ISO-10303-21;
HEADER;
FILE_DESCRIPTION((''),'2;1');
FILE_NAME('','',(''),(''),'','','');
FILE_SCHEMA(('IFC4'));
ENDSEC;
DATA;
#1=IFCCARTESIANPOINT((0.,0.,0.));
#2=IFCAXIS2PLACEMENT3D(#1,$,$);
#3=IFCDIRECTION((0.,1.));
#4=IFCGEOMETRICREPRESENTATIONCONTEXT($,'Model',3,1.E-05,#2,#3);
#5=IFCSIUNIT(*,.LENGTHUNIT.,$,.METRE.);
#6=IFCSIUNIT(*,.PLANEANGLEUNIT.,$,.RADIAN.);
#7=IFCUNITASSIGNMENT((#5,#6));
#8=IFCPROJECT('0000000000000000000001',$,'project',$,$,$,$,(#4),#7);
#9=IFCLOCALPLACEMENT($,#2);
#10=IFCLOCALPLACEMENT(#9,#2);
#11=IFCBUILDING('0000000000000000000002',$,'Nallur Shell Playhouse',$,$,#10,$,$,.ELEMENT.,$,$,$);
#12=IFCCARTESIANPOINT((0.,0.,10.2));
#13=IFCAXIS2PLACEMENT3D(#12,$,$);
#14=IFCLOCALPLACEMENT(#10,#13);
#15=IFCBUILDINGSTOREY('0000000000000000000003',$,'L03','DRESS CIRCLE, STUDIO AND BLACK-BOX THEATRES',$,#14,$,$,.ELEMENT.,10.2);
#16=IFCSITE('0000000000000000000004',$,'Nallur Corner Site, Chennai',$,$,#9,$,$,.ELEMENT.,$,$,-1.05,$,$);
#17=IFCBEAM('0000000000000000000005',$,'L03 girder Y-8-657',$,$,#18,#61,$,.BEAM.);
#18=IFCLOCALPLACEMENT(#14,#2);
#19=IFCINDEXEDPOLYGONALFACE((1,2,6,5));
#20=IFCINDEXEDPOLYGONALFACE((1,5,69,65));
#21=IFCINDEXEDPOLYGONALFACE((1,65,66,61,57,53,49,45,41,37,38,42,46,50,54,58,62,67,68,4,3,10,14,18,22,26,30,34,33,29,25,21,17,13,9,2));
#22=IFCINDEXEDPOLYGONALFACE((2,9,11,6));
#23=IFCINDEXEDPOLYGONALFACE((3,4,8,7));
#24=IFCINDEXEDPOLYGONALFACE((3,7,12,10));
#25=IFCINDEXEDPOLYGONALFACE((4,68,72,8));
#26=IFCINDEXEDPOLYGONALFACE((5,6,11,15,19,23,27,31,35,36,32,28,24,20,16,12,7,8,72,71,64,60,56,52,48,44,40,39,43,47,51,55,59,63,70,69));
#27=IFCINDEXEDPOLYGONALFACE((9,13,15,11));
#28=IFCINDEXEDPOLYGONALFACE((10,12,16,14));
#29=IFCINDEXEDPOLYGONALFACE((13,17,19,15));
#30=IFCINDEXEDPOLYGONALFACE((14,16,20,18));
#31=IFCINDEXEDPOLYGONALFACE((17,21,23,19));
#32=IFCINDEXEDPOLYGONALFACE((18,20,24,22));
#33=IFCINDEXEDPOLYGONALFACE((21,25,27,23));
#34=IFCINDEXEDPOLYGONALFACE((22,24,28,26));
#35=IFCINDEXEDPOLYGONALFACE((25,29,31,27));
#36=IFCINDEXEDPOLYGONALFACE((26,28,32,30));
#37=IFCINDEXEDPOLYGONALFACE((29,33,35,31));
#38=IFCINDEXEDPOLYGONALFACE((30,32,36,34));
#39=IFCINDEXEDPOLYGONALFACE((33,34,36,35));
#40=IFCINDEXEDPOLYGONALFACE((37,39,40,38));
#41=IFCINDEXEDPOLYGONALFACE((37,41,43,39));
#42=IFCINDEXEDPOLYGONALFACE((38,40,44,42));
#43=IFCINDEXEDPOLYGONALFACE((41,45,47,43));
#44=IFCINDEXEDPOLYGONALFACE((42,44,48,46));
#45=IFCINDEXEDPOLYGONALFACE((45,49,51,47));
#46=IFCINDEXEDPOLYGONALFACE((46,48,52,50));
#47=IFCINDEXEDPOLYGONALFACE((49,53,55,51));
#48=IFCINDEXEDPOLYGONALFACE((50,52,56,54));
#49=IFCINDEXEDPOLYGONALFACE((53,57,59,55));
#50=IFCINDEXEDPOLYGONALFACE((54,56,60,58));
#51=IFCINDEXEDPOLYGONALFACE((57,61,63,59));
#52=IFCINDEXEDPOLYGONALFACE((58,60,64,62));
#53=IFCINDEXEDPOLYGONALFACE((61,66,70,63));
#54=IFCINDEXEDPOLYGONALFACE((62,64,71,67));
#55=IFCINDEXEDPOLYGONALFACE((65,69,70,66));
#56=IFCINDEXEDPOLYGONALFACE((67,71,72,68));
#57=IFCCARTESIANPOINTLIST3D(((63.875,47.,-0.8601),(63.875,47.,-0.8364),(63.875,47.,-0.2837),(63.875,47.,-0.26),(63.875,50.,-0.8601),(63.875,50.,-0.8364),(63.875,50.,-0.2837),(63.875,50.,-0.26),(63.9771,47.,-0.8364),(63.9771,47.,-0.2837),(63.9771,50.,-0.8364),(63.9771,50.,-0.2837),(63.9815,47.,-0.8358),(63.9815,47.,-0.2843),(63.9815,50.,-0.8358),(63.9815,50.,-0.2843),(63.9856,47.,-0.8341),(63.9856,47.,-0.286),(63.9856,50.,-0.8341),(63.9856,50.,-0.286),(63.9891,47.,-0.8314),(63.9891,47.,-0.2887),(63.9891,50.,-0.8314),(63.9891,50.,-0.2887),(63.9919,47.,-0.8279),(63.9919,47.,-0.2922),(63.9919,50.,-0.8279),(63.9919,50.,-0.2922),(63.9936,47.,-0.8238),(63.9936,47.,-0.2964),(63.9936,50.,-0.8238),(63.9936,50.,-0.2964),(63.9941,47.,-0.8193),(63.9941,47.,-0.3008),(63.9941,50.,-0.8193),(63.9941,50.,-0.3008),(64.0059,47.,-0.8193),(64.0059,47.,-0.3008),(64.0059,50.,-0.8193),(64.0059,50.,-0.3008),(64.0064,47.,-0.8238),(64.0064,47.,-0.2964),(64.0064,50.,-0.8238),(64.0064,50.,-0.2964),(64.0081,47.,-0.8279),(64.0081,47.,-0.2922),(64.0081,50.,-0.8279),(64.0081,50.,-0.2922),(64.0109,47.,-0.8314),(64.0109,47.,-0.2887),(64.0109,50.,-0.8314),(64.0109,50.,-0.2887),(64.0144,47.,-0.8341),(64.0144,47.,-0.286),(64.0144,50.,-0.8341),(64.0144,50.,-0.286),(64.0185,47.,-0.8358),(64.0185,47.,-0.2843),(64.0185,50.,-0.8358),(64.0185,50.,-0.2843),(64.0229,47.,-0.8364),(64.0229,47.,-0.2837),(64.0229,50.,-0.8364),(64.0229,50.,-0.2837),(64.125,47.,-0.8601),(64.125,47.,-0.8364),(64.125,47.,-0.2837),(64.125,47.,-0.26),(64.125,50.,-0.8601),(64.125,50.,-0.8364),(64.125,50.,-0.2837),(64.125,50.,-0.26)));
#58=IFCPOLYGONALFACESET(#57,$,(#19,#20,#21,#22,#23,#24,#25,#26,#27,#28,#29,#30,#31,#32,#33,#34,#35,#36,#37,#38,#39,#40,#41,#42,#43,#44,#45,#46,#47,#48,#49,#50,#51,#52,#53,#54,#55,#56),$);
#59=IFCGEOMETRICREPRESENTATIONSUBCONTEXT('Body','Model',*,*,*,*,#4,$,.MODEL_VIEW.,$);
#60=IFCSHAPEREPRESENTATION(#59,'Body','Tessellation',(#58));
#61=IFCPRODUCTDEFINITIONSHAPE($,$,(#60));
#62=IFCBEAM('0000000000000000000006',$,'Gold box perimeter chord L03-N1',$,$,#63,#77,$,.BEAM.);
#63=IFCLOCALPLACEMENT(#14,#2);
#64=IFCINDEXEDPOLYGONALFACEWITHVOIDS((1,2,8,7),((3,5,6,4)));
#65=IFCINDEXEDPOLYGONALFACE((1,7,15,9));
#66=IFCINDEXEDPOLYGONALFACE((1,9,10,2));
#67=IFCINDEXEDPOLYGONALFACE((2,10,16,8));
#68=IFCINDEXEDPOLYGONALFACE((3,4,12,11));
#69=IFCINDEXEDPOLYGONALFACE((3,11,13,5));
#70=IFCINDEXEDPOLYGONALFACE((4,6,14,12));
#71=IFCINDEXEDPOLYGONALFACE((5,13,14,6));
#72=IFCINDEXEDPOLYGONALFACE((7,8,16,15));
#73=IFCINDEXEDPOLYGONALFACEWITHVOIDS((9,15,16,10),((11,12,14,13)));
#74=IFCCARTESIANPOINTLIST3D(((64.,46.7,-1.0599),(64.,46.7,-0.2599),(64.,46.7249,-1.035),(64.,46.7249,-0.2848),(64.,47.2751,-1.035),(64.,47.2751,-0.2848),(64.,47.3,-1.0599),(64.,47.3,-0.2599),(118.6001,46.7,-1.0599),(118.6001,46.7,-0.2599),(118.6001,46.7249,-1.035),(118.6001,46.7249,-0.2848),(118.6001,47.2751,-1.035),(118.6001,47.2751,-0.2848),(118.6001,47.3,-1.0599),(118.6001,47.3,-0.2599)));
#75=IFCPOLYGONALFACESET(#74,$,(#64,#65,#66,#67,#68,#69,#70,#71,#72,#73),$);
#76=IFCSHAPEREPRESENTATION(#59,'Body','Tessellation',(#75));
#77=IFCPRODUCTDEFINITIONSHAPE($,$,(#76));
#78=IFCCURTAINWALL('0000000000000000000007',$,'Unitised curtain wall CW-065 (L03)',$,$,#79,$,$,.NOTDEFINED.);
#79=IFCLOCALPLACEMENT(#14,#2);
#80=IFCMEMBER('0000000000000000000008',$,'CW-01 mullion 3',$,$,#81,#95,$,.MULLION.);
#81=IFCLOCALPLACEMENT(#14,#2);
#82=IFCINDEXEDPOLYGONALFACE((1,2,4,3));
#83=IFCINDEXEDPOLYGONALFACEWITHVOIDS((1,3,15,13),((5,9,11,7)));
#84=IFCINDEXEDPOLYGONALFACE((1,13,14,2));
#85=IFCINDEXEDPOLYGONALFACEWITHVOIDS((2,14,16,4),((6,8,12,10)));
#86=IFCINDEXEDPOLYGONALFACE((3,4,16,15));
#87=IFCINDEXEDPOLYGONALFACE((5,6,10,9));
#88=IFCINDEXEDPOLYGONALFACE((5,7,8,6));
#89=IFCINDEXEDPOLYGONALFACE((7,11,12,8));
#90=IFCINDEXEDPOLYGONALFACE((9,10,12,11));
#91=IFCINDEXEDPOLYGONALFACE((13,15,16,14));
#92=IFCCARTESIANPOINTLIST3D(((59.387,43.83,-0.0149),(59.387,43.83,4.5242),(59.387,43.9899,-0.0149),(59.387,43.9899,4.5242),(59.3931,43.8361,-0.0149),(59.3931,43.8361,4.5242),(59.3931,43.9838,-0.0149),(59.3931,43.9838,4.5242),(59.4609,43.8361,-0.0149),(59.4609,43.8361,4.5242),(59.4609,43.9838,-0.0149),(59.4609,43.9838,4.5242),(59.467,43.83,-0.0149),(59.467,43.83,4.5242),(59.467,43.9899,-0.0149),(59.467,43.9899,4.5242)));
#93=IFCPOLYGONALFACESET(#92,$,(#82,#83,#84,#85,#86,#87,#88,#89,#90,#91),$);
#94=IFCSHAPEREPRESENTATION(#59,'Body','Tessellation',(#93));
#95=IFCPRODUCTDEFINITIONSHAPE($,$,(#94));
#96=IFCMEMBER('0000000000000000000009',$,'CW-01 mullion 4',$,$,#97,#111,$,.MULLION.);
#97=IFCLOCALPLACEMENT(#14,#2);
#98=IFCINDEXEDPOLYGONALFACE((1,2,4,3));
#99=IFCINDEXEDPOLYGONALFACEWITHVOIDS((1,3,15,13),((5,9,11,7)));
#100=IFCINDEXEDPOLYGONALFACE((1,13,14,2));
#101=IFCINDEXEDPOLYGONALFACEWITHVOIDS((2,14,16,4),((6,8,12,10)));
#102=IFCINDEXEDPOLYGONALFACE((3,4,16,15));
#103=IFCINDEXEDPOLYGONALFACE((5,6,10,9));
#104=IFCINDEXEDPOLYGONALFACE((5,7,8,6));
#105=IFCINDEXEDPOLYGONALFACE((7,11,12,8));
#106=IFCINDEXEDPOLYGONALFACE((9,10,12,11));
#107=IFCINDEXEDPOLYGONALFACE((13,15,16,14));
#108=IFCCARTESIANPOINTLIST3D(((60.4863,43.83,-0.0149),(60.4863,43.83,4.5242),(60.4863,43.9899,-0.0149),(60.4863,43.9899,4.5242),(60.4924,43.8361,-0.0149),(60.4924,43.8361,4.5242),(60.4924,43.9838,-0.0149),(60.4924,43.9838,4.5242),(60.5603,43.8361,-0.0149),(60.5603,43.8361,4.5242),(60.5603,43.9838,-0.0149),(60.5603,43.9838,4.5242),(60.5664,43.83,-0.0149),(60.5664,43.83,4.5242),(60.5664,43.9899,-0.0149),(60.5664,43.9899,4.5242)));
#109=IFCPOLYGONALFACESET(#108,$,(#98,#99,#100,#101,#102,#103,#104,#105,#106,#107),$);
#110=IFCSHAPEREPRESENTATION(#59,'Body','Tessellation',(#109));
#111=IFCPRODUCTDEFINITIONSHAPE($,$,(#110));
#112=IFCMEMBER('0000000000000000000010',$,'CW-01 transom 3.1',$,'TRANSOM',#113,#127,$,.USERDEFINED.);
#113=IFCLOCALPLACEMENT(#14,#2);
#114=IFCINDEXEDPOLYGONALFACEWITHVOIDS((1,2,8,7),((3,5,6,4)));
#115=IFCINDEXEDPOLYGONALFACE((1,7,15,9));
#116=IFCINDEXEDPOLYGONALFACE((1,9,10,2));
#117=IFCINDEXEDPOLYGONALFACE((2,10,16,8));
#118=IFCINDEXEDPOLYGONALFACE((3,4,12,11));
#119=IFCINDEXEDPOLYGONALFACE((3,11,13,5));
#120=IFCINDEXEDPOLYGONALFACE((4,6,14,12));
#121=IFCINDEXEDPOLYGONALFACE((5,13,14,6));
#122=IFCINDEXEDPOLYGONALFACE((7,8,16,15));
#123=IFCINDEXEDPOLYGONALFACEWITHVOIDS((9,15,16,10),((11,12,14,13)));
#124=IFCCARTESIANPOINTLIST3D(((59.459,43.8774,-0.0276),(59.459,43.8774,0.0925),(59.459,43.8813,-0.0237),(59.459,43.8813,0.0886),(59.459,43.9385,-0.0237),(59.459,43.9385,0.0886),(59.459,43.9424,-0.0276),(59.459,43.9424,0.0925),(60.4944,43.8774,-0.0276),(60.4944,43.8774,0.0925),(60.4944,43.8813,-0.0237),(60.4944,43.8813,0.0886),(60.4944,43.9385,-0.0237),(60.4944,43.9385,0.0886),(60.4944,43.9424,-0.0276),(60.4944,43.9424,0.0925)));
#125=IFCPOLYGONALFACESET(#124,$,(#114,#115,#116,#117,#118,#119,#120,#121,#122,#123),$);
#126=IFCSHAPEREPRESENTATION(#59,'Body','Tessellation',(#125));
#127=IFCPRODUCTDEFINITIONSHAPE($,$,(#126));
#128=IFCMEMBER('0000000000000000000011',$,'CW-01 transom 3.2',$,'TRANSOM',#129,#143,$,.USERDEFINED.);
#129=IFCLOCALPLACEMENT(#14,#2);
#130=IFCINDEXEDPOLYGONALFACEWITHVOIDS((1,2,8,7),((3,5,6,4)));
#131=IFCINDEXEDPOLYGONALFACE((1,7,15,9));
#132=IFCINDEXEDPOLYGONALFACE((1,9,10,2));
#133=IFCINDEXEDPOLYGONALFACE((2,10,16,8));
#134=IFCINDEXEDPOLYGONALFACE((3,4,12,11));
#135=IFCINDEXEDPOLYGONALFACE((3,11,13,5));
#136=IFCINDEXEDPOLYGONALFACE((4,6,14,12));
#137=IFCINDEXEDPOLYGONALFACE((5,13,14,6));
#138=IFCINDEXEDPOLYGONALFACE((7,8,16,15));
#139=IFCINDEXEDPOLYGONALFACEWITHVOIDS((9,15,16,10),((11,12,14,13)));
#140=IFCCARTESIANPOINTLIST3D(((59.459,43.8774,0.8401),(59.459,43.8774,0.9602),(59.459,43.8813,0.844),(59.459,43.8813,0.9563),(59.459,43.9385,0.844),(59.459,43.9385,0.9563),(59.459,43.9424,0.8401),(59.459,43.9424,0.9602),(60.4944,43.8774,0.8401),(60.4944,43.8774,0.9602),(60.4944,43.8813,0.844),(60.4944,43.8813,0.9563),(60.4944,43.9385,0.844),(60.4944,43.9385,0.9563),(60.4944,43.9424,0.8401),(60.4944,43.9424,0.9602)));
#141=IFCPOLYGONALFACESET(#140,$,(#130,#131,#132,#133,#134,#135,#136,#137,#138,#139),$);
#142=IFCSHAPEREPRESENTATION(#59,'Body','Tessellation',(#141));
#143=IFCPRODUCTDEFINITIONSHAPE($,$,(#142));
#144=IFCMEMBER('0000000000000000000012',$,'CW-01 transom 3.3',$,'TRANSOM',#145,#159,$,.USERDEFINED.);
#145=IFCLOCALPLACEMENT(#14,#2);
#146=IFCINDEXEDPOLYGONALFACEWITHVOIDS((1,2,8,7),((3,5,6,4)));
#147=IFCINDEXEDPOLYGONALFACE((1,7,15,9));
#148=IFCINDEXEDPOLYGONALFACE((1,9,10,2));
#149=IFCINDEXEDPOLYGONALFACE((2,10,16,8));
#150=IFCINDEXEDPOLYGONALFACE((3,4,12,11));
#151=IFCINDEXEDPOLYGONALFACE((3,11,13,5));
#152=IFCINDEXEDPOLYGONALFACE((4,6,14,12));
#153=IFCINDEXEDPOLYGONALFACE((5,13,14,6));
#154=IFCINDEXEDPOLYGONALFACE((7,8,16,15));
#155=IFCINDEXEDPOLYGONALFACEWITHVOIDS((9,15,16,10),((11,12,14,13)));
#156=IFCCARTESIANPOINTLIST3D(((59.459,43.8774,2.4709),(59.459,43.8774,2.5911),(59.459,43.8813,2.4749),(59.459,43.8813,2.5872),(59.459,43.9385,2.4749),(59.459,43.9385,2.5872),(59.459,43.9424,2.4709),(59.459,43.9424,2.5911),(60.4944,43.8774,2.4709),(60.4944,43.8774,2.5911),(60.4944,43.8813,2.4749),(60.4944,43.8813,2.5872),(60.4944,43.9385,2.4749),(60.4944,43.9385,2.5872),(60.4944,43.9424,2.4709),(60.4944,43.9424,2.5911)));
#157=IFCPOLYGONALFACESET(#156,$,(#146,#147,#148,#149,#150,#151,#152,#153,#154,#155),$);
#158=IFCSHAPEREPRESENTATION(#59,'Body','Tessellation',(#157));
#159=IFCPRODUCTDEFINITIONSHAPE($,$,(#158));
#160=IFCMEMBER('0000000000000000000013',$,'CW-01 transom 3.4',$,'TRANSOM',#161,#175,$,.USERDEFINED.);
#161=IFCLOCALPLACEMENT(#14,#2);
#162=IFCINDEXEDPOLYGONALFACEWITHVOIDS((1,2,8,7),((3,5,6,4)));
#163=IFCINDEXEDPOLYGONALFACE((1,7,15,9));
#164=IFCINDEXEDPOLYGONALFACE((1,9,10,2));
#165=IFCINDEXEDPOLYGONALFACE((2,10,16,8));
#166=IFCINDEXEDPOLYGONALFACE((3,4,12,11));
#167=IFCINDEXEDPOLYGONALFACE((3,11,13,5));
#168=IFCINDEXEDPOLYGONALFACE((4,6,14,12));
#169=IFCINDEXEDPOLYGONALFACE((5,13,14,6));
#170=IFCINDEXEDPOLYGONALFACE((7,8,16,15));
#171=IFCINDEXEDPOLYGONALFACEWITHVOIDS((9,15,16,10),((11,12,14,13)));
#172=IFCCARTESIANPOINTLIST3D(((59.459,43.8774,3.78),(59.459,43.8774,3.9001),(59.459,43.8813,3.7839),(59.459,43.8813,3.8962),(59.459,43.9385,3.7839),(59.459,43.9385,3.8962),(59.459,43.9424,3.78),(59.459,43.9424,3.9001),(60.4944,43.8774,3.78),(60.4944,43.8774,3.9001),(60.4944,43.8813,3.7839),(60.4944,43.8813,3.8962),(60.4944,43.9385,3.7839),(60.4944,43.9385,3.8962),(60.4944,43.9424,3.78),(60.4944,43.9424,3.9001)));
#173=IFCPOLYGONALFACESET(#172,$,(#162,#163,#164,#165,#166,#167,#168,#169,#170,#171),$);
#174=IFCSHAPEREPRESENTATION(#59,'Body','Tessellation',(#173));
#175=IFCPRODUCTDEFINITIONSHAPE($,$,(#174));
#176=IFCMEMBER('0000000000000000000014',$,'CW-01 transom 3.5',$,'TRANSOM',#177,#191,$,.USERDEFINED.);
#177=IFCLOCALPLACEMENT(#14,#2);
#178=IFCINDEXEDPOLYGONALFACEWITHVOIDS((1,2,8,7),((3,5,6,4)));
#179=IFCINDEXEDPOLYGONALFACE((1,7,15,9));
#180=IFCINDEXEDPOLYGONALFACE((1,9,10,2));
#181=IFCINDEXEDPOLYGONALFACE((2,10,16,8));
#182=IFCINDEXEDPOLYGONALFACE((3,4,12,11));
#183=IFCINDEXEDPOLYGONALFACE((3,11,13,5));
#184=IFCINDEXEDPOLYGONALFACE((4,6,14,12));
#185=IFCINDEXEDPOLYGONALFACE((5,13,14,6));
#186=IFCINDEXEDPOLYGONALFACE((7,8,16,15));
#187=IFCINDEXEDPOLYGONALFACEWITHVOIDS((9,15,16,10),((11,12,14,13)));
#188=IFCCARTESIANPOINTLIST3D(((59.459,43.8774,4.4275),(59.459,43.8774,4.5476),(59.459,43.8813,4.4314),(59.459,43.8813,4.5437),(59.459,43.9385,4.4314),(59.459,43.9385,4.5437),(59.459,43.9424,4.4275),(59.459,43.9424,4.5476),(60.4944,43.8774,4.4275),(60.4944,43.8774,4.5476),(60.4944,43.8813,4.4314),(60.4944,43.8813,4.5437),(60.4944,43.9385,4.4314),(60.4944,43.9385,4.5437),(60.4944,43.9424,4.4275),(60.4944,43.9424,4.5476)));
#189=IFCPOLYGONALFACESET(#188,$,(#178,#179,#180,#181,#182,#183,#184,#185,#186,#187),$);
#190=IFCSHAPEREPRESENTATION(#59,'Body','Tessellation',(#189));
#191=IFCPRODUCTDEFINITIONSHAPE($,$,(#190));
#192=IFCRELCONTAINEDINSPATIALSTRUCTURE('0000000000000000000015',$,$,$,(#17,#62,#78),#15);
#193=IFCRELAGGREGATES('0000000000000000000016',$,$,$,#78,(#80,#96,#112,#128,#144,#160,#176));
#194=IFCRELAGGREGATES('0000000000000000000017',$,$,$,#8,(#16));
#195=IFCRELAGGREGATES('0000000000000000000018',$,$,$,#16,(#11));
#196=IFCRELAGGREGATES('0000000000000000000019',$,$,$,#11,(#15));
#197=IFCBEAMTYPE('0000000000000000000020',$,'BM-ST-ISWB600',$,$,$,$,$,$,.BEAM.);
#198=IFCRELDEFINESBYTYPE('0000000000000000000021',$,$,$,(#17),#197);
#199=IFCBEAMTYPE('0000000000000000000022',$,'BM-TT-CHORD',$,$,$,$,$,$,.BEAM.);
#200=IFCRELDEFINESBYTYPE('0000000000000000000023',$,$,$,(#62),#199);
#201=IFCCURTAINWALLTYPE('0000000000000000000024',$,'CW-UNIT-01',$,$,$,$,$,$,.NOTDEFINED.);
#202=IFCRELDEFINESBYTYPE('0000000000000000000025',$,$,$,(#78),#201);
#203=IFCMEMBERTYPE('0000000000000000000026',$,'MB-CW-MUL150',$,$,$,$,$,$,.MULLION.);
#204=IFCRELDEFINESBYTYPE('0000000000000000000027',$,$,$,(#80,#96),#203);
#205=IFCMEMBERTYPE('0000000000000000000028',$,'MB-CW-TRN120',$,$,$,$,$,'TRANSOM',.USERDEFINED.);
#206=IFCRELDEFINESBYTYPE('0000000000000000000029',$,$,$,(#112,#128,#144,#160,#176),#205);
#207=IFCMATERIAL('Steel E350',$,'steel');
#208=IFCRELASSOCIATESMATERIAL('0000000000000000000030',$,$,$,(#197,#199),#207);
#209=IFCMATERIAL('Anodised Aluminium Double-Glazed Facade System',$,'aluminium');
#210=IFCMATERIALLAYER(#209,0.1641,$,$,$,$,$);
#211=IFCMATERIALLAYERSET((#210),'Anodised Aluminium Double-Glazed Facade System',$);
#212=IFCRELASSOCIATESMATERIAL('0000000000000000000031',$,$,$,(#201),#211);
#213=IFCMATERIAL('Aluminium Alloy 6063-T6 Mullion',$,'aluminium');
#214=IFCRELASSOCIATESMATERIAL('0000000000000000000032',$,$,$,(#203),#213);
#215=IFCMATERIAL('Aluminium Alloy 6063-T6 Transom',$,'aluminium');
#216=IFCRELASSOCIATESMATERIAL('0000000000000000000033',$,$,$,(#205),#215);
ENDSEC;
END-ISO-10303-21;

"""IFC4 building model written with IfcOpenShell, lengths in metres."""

from ifc_helpers import new_model, si_unit, direction, frame, origin, origin_2d, place, context, subcontext, project, spatial, hollow_rectangle, i_section, extrude, material, layer, layer_set, material_profile, profile_set, type_object, element, aggregate, save


model = new_model("IFC4")

# Units and contexts
model_context = context("Model", 3, precision=1e-05, world=origin(), true_north=direction((0.0, 1.0)))
body_context = subcontext(model_context, "Body", "Model", "MODEL_VIEW")
ifc_project = project(units=[si_unit("LENGTHUNIT", "METRE"), si_unit("PLANEANGLEUNIT", "RADIAN")], contexts=[model_context])

# Site, building, storey
site_placement = place(None, origin())
site = spatial("IfcSite", under=ifc_project, at=site_placement, Name="Nallur Corner Site, Chennai", CompositionType="ELEMENT", RefElevation=-1.05)
building_placement = place(site_placement, origin())
building = spatial("IfcBuilding", under=site, at=building_placement, Name="Nallur Shell Playhouse", CompositionType="ELEMENT")
storey_placement = place(building_placement, frame((0.0, 0.0, 10.2)))
storey = spatial("IfcBuildingStorey", under=building, at=storey_placement, Name="L03", Description="DRESS CIRCLE, STUDIO AND BLACK-BOX THEATRES", CompositionType="ELEMENT", Elevation=10.2)

# Shared definitions
ifc_material_1 = material(Name="Steel E350", Category="steel")

# Beams
ifc_material_profile_1 = material_profile(ifc_material_1, i_section(OverallWidth=0.25, OverallDepth=0.6001, WebThickness=0.0117, FlangeThickness=0.0237, FilletRadius=0.0171, at=origin_2d()), Name="ISWB 600")
ifc_profile_set_1 = profile_set([ifc_material_profile_1], Name="Steel E350")
beam_type_1 = type_object("IfcBeamType", Name="BM-ST-ISWB600", PredefinedType="BEAM", material=ifc_profile_set_1)
beam_1_placement = place(storey_placement, frame((64.0, 47.0, -0.5601), z_axis=(0.0, 1.0, 0.0), x_axis=(-1.0, 0.0, 0.0)))
element("IfcBeam", 1, at=beam_1_placement, inside=storey, type_object=beam_type_1, Name="L03 girder Y-8-657", PredefinedType="BEAM", context=body_context, shape_type="SweptSolid", body=[
    extrude(i_section(OverallWidth=0.25, OverallDepth=0.6001, WebThickness=0.0117, FlangeThickness=0.0237, FilletRadius=0.0171, at=origin_2d()), origin(), (0.0, 0.0, 1.0), 3.0),
])
ifc_material_profile_2 = material_profile(ifc_material_1, hollow_rectangle(XDim=0.6001, YDim=0.8, WallThickness=0.0249, at=origin_2d()), Name="BOX 600x800x25")
ifc_profile_set_2 = profile_set([ifc_material_profile_2], Name="Steel E350")
beam_type_2 = type_object("IfcBeamType", Name="BM-TT-CHORD", PredefinedType="BEAM", material=ifc_profile_set_2)
beam_2_placement = place(storey_placement, frame((64.0, 47.0, -0.6599), z_axis=(1.0, 0.0, 0.0), x_axis=(0.0, 1.0, 0.0)))
element("IfcBeam", 2, at=beam_2_placement, inside=storey, type_object=beam_type_2, Name="Gold box perimeter chord L03-N1", PredefinedType="BEAM", context=body_context, shape_type="SweptSolid", body=[
    extrude(hollow_rectangle(XDim=0.6001, YDim=0.8, WallThickness=0.0249, at=origin_2d()), origin(), (0.0, 0.0, 1.0), 54.6001),
])

# Curtain wall, members
ifc_material_2 = material(Name="Anodised Aluminium Double-Glazed Facade System", Category="aluminium")
ifc_layer_1 = layer(ifc_material_2, 0.1641)
ifc_layer_set_1 = layer_set([ifc_layer_1], Name="Anodised Aluminium Double-Glazed Facade System")
curtain_wall_type = type_object("IfcCurtainWallType", Name="CW-UNIT-01", PredefinedType="NOTDEFINED", material=ifc_layer_set_1)
curtain_wall_placement = place(storey_placement, origin())
curtain_wall = element("IfcCurtainWall", 3, at=curtain_wall_placement, inside=storey, type_object=curtain_wall_type, Name="Unitised curtain wall CW-065 (L03)", PredefinedType="NOTDEFINED")
ifc_material_3 = material(Name="Aluminium Alloy 6063-T6 Mullion", Category="aluminium")
ifc_material_profile_3 = material_profile(ifc_material_3, hollow_rectangle(XDim=0.0801, YDim=0.1599, WallThickness=0.0061, at=origin_2d()), Name="RHS 160x80x6")
ifc_profile_set_3 = profile_set([ifc_material_profile_3], Name="Aluminium Alloy 6063-T6 Mullion")
member_type_1 = type_object("IfcMemberType", Name="MB-CW-MUL150", PredefinedType="MULLION", material=ifc_profile_set_3)
member_1_placement = place(storey_placement, frame((59.427, 43.9099, -0.0149), z_axis=(0.0, 0.0, 1.0), x_axis=(1.0, 0.0, 0.0)))
member_1 = element("IfcMember", 4, at=member_1_placement, type_object=member_type_1, Name="CW-01 mullion 3", PredefinedType="MULLION", context=body_context, shape_type="SweptSolid", body=[
    extrude(hollow_rectangle(XDim=0.0801, YDim=0.1599, WallThickness=0.0061, at=origin_2d()), origin(), (0.0, 0.0, 1.0), 4.5391),
])
member_2_placement = place(storey_placement, frame((60.5264, 43.9099, -0.0149), z_axis=(0.0, 0.0, 1.0), x_axis=(1.0, 0.0, 0.0)))
member_2 = element("IfcMember", 5, at=member_2_placement, type_object=member_type_1, Name="CW-01 mullion 4", PredefinedType="MULLION", context=body_context, shape_type="SweptSolid", body=[
    extrude(hollow_rectangle(XDim=0.0801, YDim=0.1599, WallThickness=0.0061, at=origin_2d()), origin(), (0.0, 0.0, 1.0), 4.5391),
])
ifc_material_4 = material(Name="Aluminium Alloy 6063-T6 Transom", Category="aluminium")
ifc_material_profile_4 = material_profile(ifc_material_4, hollow_rectangle(XDim=0.0649, YDim=0.1201, WallThickness=0.0039, at=origin_2d()), Name="ALU 65x120x4")
ifc_profile_set_4 = profile_set([ifc_material_profile_4], Name="Aluminium Alloy 6063-T6 Transom")
member_type_2 = type_object("IfcMemberType", Name="MB-CW-TRN120", ElementType="TRANSOM", PredefinedType="USERDEFINED", material=ifc_profile_set_4)
member_3_placement = place(storey_placement, frame((59.459, 43.9099, 0.0325), z_axis=(1.0, 0.0, 0.0), x_axis=(0.0, 1.0, 0.0)))
member_3 = element("IfcMember", 6, at=member_3_placement, type_object=member_type_2, Name="CW-01 transom 3.1", ObjectType="TRANSOM", PredefinedType="USERDEFINED", context=body_context, shape_type="SweptSolid", body=[
    extrude(hollow_rectangle(XDim=0.0649, YDim=0.1201, WallThickness=0.0039, at=origin_2d()), origin(), (0.0, 0.0, 1.0), 1.0354),
])
member_4_placement = place(storey_placement, frame((59.459, 43.9099, 0.9001), z_axis=(1.0, 0.0, 0.0), x_axis=(0.0, 1.0, 0.0)))
member_4 = element("IfcMember", 7, at=member_4_placement, type_object=member_type_2, Name="CW-01 transom 3.2", ObjectType="TRANSOM", PredefinedType="USERDEFINED", context=body_context, shape_type="SweptSolid", body=[
    extrude(hollow_rectangle(XDim=0.0649, YDim=0.1201, WallThickness=0.0039, at=origin_2d()), origin(), (0.0, 0.0, 1.0), 1.0354),
])
member_5_placement = place(storey_placement, frame((59.459, 43.9099, 2.531), z_axis=(1.0, 0.0, 0.0), x_axis=(0.0, 1.0, 0.0)))
member_5 = element("IfcMember", 8, at=member_5_placement, type_object=member_type_2, Name="CW-01 transom 3.3", ObjectType="TRANSOM", PredefinedType="USERDEFINED", context=body_context, shape_type="SweptSolid", body=[
    extrude(hollow_rectangle(XDim=0.0649, YDim=0.1201, WallThickness=0.0039, at=origin_2d()), origin(), (0.0, 0.0, 1.0), 1.0354),
])
member_6_placement = place(storey_placement, frame((59.459, 43.9099, 3.8401), z_axis=(1.0, 0.0, 0.0), x_axis=(0.0, 1.0, 0.0)))
member_6 = element("IfcMember", 9, at=member_6_placement, type_object=member_type_2, Name="CW-01 transom 3.4", ObjectType="TRANSOM", PredefinedType="USERDEFINED", context=body_context, shape_type="SweptSolid", body=[
    extrude(hollow_rectangle(XDim=0.0649, YDim=0.1201, WallThickness=0.0039, at=origin_2d()), origin(), (0.0, 0.0, 1.0), 1.0354),
])
member_7_placement = place(storey_placement, frame((59.459, 43.9099, 4.4875), z_axis=(1.0, 0.0, 0.0), x_axis=(0.0, 1.0, 0.0)))
member_7 = element("IfcMember", 10, at=member_7_placement, type_object=member_type_2, Name="CW-01 transom 3.5", ObjectType="TRANSOM", PredefinedType="USERDEFINED", context=body_context, shape_type="SweptSolid", body=[
    extrude(hollow_rectangle(XDim=0.0649, YDim=0.1201, WallThickness=0.0039, at=origin_2d()), origin(), (0.0, 0.0, 1.0), 1.0354),
])

aggregate(curtain_wall, [member_1, member_2, member_3, member_4, member_5, member_6, member_7])

save(model, "model.ifc")
